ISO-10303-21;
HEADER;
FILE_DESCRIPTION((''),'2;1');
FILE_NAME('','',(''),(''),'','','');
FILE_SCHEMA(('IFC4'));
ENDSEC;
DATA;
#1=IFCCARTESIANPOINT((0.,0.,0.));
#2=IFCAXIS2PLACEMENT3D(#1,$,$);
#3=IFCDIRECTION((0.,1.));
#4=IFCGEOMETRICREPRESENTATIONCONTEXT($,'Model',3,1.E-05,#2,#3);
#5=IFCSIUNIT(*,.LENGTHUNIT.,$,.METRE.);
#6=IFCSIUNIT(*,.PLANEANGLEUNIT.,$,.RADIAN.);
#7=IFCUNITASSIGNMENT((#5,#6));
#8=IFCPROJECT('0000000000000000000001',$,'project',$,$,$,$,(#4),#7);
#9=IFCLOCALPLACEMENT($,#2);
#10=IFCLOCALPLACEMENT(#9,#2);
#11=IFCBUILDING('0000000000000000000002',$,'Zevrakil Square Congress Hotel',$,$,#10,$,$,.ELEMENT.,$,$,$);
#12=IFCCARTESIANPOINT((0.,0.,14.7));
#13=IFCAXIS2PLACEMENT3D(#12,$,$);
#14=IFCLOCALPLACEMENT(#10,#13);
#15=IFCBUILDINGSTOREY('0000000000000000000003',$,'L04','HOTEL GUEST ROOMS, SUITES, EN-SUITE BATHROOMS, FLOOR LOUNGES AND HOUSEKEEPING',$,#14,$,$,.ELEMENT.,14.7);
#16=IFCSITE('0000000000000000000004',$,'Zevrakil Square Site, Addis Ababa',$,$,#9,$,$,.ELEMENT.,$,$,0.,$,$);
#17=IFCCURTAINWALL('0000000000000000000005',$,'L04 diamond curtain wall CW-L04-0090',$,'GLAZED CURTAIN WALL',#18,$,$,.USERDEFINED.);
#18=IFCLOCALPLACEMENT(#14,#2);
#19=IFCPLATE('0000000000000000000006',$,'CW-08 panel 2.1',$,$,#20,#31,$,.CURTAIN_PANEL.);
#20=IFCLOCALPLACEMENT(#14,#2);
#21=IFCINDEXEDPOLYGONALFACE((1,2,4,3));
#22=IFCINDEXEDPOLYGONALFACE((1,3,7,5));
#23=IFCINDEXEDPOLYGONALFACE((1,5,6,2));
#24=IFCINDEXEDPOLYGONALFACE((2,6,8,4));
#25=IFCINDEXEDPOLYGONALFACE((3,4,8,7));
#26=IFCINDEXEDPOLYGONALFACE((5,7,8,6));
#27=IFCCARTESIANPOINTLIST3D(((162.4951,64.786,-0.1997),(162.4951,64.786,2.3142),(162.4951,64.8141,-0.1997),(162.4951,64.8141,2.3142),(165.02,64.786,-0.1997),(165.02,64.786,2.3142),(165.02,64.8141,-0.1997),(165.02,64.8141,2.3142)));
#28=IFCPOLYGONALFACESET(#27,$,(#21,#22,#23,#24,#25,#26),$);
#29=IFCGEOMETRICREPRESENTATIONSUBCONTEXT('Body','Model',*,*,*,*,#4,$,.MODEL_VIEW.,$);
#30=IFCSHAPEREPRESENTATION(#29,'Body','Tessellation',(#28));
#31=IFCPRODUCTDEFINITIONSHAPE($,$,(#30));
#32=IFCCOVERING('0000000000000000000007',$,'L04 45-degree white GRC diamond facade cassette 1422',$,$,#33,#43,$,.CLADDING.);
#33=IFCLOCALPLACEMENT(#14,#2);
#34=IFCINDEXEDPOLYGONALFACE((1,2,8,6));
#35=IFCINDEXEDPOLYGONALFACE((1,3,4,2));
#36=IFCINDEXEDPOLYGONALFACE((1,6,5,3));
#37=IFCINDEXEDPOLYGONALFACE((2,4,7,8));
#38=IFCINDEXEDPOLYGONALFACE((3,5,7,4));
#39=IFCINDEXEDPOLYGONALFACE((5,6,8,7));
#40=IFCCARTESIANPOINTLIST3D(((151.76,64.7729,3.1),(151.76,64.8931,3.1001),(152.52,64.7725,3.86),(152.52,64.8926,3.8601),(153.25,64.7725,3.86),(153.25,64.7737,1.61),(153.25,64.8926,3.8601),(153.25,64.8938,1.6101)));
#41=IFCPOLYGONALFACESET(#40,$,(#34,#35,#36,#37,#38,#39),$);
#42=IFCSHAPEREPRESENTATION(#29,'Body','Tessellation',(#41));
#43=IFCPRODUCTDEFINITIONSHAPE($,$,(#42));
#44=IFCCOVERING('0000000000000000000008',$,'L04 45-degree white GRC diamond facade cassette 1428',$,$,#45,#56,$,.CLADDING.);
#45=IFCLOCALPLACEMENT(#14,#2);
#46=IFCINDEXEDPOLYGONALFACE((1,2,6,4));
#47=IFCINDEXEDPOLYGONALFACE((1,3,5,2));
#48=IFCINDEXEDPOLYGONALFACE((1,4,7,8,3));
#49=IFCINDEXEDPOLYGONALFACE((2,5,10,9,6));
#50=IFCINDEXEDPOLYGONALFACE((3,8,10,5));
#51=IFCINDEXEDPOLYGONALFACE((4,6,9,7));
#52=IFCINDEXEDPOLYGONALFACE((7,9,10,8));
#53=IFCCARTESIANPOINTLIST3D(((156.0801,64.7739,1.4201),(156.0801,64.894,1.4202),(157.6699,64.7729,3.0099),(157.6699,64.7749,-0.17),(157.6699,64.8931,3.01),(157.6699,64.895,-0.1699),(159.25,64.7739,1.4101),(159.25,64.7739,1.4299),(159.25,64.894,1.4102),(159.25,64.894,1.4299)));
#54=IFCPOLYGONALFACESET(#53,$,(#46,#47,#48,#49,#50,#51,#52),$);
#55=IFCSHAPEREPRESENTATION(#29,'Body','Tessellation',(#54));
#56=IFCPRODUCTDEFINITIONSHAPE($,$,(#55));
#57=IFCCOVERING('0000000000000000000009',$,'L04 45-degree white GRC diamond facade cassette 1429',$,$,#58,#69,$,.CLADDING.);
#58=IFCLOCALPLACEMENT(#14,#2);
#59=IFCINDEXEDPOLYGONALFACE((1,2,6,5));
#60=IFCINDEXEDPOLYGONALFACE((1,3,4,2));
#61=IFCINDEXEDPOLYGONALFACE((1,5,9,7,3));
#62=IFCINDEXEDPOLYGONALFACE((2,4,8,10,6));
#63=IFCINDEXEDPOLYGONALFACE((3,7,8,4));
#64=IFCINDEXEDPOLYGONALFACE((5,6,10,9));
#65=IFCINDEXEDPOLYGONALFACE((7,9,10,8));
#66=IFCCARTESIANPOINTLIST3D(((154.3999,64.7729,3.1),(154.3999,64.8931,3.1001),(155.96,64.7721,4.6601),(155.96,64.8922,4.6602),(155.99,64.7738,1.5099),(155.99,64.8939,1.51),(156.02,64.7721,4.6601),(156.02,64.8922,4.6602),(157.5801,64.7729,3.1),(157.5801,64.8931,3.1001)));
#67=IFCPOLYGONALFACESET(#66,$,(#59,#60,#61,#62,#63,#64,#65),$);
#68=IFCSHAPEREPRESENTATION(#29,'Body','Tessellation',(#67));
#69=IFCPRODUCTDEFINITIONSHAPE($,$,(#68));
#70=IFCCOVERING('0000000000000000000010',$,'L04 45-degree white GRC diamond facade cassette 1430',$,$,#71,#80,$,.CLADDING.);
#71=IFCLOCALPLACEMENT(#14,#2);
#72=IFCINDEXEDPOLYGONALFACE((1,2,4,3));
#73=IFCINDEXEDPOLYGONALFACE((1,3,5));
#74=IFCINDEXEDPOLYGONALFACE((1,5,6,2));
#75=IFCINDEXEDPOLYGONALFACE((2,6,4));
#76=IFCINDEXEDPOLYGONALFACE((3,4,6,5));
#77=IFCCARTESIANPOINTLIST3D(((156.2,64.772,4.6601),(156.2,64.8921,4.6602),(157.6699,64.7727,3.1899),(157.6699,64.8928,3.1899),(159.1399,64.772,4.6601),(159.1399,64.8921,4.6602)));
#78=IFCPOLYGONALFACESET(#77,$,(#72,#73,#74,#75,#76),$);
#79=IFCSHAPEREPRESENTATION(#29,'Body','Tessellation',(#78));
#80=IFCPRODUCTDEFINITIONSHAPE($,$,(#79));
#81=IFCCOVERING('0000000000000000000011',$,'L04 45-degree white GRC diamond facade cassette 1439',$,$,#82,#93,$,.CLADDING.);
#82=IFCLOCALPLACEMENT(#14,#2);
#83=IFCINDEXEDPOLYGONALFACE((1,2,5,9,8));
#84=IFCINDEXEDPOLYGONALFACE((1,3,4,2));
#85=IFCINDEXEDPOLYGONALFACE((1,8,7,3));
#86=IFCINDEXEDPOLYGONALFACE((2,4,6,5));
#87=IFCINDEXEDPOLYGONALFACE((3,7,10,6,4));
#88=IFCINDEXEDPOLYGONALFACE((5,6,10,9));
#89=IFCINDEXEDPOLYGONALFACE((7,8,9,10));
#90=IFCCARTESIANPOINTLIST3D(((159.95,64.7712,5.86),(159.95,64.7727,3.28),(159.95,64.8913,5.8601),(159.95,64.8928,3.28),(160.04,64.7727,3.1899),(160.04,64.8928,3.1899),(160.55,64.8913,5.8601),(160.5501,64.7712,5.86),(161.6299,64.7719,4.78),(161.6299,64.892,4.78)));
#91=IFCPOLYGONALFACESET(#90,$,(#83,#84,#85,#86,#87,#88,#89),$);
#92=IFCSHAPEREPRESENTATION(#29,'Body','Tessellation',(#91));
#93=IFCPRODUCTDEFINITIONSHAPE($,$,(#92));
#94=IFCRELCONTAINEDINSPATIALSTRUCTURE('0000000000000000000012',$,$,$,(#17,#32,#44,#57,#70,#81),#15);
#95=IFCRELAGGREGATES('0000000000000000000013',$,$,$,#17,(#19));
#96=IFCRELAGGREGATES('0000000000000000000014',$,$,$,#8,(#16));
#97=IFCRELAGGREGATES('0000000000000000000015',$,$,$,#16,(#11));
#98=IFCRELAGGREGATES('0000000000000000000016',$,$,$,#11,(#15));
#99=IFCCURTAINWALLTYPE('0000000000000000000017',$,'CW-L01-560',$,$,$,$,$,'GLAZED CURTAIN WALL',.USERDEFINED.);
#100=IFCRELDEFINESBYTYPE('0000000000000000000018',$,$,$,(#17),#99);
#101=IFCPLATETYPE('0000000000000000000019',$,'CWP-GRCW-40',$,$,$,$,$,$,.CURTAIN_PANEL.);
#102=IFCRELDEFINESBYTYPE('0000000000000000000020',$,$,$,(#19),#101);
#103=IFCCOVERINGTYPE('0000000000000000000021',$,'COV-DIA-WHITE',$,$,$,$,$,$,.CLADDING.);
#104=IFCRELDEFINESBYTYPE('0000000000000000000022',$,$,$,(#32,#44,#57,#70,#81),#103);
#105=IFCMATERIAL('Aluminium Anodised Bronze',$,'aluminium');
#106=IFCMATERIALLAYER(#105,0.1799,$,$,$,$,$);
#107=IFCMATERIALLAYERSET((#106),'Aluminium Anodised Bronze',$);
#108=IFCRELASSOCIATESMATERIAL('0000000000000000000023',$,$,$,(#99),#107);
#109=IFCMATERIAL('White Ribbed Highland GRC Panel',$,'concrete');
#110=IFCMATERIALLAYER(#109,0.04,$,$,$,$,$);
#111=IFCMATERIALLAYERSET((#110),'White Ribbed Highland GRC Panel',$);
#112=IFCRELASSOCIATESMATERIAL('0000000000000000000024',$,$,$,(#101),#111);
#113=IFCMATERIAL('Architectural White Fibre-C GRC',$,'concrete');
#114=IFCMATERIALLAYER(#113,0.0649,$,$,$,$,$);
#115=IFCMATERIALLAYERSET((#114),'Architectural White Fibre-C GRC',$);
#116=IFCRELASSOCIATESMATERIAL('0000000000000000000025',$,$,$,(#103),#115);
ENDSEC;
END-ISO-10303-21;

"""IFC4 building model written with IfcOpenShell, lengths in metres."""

from ifc_helpers import new_model, si_unit, direction, frame, origin, origin_2d, place, context, subcontext, project, spatial, polyline, rectangle, outline, extrude, material, layer, layer_set, type_object, element, aggregate, save


model = new_model("IFC4")

# Units and contexts
model_context = context("Model", 3, precision=1e-05, world=origin(), true_north=direction((0.0, 1.0)))
body_context = subcontext(model_context, "Body", "Model", "MODEL_VIEW")
ifc_project = project(units=[si_unit("LENGTHUNIT", "METRE"), si_unit("PLANEANGLEUNIT", "RADIAN")], contexts=[model_context])

# Site, building, storey
site_placement = place(None, origin())
site = spatial("IfcSite", under=ifc_project, at=site_placement, Name="Zevrakil Square Site, Addis Ababa", CompositionType="ELEMENT", RefElevation=0.0)
building_placement = place(site_placement, origin())
building = spatial("IfcBuilding", under=site, at=building_placement, Name="Zevrakil Square Congress Hotel", CompositionType="ELEMENT")
storey_placement = place(building_placement, frame((0.0, 0.0, 14.7)))
storey = spatial("IfcBuildingStorey", under=building, at=storey_placement, Name="L04", Description="HOTEL GUEST ROOMS, SUITES, EN-SUITE BATHROOMS, FLOOR LOUNGES AND HOUSEKEEPING", CompositionType="ELEMENT", Elevation=14.7)

# Curtain wall
ifc_material_1 = material(Name="Aluminium Anodised Bronze", Category="aluminium")
ifc_layer_1 = layer(ifc_material_1, 0.1799)
ifc_layer_set_1 = layer_set([ifc_layer_1], Name="Aluminium Anodised Bronze")
curtain_wall_type = type_object("IfcCurtainWallType", Name="CW-L01-560", ElementType="GLAZED CURTAIN WALL", PredefinedType="USERDEFINED", material=ifc_layer_set_1)
curtain_wall_1_placement = place(storey_placement, origin())
curtain_wall_1 = element("IfcCurtainWall", 1, at=curtain_wall_1_placement, inside=storey, type_object=curtain_wall_type, Name="L04 diamond curtain wall CW-L04-0090", ObjectType="GLAZED CURTAIN WALL", PredefinedType="USERDEFINED")

# Plate
ifc_material_2 = material(Name="White Ribbed Highland GRC Panel", Category="concrete")
ifc_layer_2 = layer(ifc_material_2, 0.04)
ifc_layer_set_2 = layer_set([ifc_layer_2], Name="White Ribbed Highland GRC Panel")
plate_type_1 = type_object("IfcPlateType", Name="CWP-GRCW-40", PredefinedType="CURTAIN_PANEL", material=ifc_layer_set_2)
plate_1_placement = place(storey_placement, frame((163.7576, 64.8, -0.1997), z_axis=(0.0, 0.0, 1.0), x_axis=(1.0, 0.0, 0.0)))
plate_1 = element("IfcPlate", 2, at=plate_1_placement, type_object=plate_type_1, Name="CW-08 panel 2.1", PredefinedType="CURTAIN_PANEL", context=body_context, shape_type="SweptSolid", body=[
    extrude(rectangle(XDim=2.5249, YDim=0.0281, at=origin_2d()), origin(), (0.0, 0.0, 1.0), 2.5139),
])
aggregate(curtain_wall_1, [plate_1])

# Coverings
ifc_material_3 = material(Name="Architectural White Fibre-C GRC", Category="concrete")
ifc_layer_3 = layer(ifc_material_3, 0.0649)
ifc_layer_set_3 = layer_set([ifc_layer_3], Name="Architectural White Fibre-C GRC")
covering_type = type_object("IfcCoveringType", Name="COV-DIA-WHITE", PredefinedType="CLADDING", material=ifc_layer_set_3)
covering_1_placement = place(storey_placement, frame((151.76, 64.8931, 3.1001), z_axis=(0.000044, 1.0, 0.000557), x_axis=(0.707107, 0.000363, -0.707107)))
element("IfcCovering", 3, at=covering_1_placement, inside=storey, type_object=covering_type, Name="L04 45-degree white GRC diamond facade cassette 1422", PredefinedType="CLADDING", context=body_context, shape_type="SweptSolid", body=[
    extrude(outline(polyline([(0.0, 0.0), (2.1072, 0.0), (0.5162, -1.591), (0.0, -1.0748), (0.0, 0.0)])), origin(), (0.0, 0.0, -1.0), 0.1201),
])
covering_2_placement = place(storey_placement, frame((157.6699, 64.8931, 3.01), z_axis=(0.0, 1.0, 0.000612), x_axis=(-0.707107, 0.000433, -0.707107)))
element("IfcCovering", 4, at=covering_2_placement, inside=storey, type_object=covering_type, Name="L04 45-degree white GRC diamond facade cassette 1428", PredefinedType="CLADDING", context=body_context, shape_type="SweptSolid", body=[
    extrude(outline(polyline([(0.0, 0.0), (2.2484, 0.0), (2.2486, -2.2486), (0.014, -2.2486), (0.0, -2.2346), (0.0, 0.0)])), origin(), (0.0, 0.0, -1.0), 0.1201),
])
covering_3_placement = place(storey_placement, frame((154.3999, 64.8931, 3.1001), z_axis=(0.0, 1.0, 0.000543), x_axis=(0.707107, 0.000384, -0.707107)))
element("IfcCovering", 5, at=covering_3_placement, inside=storey, type_object=covering_type, Name="L04 45-degree white GRC diamond facade cassette 1429", PredefinedType="CLADDING", context=body_context, shape_type="SweptSolid", body=[
    extrude(outline(polyline([(0.0, 0.0), (2.2487, 0.0), (2.2487, -2.2487), (0.0425, -2.2487), (0.0, -2.2063), (0.0, 0.0)])), origin(), (0.0, 0.0, -1.0), 0.1201),
])
covering_4_placement = place(storey_placement, frame((157.6699, 64.8928, 3.1899), z_axis=(0.0, 1.0, 0.000498), x_axis=(0.707048, -0.000352, 0.707165)))
element("IfcCovering", 6, at=covering_4_placement, inside=storey, type_object=covering_type, Name="L04 45-degree white GRC diamond facade cassette 1430", PredefinedType="CLADDING", context=body_context, shape_type="SweptSolid", body=[
    extrude(outline(polyline([(0.0, 0.0), (2.079, 0.0), (0.0003, -2.079), (0.0, 0.0)])), origin(), (0.0, 0.0, -1.0), 0.1201),
])
covering_5_placement = place(storey_placement, frame((160.04, 64.8928, 3.1899), z_axis=(-0.000046, 1.0, 0.000563), x_axis=(0.707052, -0.000366, 0.707161)))
element("IfcCovering", 7, at=covering_5_placement, inside=storey, type_object=covering_type, Name="L04 45-degree white GRC diamond facade cassette 1439", PredefinedType="CLADDING", context=body_context, shape_type="SweptSolid", body=[
    extrude(outline(polyline([(0.0, 0.0), (2.2486, 0.0), (2.2488, -1.5273), (1.8245, -1.9517), (0.0, -0.1274), (0.0, 0.0)])), origin(), (0.0, 0.0, -1.0), 0.1201),
])

save(model, "model.ifc")
